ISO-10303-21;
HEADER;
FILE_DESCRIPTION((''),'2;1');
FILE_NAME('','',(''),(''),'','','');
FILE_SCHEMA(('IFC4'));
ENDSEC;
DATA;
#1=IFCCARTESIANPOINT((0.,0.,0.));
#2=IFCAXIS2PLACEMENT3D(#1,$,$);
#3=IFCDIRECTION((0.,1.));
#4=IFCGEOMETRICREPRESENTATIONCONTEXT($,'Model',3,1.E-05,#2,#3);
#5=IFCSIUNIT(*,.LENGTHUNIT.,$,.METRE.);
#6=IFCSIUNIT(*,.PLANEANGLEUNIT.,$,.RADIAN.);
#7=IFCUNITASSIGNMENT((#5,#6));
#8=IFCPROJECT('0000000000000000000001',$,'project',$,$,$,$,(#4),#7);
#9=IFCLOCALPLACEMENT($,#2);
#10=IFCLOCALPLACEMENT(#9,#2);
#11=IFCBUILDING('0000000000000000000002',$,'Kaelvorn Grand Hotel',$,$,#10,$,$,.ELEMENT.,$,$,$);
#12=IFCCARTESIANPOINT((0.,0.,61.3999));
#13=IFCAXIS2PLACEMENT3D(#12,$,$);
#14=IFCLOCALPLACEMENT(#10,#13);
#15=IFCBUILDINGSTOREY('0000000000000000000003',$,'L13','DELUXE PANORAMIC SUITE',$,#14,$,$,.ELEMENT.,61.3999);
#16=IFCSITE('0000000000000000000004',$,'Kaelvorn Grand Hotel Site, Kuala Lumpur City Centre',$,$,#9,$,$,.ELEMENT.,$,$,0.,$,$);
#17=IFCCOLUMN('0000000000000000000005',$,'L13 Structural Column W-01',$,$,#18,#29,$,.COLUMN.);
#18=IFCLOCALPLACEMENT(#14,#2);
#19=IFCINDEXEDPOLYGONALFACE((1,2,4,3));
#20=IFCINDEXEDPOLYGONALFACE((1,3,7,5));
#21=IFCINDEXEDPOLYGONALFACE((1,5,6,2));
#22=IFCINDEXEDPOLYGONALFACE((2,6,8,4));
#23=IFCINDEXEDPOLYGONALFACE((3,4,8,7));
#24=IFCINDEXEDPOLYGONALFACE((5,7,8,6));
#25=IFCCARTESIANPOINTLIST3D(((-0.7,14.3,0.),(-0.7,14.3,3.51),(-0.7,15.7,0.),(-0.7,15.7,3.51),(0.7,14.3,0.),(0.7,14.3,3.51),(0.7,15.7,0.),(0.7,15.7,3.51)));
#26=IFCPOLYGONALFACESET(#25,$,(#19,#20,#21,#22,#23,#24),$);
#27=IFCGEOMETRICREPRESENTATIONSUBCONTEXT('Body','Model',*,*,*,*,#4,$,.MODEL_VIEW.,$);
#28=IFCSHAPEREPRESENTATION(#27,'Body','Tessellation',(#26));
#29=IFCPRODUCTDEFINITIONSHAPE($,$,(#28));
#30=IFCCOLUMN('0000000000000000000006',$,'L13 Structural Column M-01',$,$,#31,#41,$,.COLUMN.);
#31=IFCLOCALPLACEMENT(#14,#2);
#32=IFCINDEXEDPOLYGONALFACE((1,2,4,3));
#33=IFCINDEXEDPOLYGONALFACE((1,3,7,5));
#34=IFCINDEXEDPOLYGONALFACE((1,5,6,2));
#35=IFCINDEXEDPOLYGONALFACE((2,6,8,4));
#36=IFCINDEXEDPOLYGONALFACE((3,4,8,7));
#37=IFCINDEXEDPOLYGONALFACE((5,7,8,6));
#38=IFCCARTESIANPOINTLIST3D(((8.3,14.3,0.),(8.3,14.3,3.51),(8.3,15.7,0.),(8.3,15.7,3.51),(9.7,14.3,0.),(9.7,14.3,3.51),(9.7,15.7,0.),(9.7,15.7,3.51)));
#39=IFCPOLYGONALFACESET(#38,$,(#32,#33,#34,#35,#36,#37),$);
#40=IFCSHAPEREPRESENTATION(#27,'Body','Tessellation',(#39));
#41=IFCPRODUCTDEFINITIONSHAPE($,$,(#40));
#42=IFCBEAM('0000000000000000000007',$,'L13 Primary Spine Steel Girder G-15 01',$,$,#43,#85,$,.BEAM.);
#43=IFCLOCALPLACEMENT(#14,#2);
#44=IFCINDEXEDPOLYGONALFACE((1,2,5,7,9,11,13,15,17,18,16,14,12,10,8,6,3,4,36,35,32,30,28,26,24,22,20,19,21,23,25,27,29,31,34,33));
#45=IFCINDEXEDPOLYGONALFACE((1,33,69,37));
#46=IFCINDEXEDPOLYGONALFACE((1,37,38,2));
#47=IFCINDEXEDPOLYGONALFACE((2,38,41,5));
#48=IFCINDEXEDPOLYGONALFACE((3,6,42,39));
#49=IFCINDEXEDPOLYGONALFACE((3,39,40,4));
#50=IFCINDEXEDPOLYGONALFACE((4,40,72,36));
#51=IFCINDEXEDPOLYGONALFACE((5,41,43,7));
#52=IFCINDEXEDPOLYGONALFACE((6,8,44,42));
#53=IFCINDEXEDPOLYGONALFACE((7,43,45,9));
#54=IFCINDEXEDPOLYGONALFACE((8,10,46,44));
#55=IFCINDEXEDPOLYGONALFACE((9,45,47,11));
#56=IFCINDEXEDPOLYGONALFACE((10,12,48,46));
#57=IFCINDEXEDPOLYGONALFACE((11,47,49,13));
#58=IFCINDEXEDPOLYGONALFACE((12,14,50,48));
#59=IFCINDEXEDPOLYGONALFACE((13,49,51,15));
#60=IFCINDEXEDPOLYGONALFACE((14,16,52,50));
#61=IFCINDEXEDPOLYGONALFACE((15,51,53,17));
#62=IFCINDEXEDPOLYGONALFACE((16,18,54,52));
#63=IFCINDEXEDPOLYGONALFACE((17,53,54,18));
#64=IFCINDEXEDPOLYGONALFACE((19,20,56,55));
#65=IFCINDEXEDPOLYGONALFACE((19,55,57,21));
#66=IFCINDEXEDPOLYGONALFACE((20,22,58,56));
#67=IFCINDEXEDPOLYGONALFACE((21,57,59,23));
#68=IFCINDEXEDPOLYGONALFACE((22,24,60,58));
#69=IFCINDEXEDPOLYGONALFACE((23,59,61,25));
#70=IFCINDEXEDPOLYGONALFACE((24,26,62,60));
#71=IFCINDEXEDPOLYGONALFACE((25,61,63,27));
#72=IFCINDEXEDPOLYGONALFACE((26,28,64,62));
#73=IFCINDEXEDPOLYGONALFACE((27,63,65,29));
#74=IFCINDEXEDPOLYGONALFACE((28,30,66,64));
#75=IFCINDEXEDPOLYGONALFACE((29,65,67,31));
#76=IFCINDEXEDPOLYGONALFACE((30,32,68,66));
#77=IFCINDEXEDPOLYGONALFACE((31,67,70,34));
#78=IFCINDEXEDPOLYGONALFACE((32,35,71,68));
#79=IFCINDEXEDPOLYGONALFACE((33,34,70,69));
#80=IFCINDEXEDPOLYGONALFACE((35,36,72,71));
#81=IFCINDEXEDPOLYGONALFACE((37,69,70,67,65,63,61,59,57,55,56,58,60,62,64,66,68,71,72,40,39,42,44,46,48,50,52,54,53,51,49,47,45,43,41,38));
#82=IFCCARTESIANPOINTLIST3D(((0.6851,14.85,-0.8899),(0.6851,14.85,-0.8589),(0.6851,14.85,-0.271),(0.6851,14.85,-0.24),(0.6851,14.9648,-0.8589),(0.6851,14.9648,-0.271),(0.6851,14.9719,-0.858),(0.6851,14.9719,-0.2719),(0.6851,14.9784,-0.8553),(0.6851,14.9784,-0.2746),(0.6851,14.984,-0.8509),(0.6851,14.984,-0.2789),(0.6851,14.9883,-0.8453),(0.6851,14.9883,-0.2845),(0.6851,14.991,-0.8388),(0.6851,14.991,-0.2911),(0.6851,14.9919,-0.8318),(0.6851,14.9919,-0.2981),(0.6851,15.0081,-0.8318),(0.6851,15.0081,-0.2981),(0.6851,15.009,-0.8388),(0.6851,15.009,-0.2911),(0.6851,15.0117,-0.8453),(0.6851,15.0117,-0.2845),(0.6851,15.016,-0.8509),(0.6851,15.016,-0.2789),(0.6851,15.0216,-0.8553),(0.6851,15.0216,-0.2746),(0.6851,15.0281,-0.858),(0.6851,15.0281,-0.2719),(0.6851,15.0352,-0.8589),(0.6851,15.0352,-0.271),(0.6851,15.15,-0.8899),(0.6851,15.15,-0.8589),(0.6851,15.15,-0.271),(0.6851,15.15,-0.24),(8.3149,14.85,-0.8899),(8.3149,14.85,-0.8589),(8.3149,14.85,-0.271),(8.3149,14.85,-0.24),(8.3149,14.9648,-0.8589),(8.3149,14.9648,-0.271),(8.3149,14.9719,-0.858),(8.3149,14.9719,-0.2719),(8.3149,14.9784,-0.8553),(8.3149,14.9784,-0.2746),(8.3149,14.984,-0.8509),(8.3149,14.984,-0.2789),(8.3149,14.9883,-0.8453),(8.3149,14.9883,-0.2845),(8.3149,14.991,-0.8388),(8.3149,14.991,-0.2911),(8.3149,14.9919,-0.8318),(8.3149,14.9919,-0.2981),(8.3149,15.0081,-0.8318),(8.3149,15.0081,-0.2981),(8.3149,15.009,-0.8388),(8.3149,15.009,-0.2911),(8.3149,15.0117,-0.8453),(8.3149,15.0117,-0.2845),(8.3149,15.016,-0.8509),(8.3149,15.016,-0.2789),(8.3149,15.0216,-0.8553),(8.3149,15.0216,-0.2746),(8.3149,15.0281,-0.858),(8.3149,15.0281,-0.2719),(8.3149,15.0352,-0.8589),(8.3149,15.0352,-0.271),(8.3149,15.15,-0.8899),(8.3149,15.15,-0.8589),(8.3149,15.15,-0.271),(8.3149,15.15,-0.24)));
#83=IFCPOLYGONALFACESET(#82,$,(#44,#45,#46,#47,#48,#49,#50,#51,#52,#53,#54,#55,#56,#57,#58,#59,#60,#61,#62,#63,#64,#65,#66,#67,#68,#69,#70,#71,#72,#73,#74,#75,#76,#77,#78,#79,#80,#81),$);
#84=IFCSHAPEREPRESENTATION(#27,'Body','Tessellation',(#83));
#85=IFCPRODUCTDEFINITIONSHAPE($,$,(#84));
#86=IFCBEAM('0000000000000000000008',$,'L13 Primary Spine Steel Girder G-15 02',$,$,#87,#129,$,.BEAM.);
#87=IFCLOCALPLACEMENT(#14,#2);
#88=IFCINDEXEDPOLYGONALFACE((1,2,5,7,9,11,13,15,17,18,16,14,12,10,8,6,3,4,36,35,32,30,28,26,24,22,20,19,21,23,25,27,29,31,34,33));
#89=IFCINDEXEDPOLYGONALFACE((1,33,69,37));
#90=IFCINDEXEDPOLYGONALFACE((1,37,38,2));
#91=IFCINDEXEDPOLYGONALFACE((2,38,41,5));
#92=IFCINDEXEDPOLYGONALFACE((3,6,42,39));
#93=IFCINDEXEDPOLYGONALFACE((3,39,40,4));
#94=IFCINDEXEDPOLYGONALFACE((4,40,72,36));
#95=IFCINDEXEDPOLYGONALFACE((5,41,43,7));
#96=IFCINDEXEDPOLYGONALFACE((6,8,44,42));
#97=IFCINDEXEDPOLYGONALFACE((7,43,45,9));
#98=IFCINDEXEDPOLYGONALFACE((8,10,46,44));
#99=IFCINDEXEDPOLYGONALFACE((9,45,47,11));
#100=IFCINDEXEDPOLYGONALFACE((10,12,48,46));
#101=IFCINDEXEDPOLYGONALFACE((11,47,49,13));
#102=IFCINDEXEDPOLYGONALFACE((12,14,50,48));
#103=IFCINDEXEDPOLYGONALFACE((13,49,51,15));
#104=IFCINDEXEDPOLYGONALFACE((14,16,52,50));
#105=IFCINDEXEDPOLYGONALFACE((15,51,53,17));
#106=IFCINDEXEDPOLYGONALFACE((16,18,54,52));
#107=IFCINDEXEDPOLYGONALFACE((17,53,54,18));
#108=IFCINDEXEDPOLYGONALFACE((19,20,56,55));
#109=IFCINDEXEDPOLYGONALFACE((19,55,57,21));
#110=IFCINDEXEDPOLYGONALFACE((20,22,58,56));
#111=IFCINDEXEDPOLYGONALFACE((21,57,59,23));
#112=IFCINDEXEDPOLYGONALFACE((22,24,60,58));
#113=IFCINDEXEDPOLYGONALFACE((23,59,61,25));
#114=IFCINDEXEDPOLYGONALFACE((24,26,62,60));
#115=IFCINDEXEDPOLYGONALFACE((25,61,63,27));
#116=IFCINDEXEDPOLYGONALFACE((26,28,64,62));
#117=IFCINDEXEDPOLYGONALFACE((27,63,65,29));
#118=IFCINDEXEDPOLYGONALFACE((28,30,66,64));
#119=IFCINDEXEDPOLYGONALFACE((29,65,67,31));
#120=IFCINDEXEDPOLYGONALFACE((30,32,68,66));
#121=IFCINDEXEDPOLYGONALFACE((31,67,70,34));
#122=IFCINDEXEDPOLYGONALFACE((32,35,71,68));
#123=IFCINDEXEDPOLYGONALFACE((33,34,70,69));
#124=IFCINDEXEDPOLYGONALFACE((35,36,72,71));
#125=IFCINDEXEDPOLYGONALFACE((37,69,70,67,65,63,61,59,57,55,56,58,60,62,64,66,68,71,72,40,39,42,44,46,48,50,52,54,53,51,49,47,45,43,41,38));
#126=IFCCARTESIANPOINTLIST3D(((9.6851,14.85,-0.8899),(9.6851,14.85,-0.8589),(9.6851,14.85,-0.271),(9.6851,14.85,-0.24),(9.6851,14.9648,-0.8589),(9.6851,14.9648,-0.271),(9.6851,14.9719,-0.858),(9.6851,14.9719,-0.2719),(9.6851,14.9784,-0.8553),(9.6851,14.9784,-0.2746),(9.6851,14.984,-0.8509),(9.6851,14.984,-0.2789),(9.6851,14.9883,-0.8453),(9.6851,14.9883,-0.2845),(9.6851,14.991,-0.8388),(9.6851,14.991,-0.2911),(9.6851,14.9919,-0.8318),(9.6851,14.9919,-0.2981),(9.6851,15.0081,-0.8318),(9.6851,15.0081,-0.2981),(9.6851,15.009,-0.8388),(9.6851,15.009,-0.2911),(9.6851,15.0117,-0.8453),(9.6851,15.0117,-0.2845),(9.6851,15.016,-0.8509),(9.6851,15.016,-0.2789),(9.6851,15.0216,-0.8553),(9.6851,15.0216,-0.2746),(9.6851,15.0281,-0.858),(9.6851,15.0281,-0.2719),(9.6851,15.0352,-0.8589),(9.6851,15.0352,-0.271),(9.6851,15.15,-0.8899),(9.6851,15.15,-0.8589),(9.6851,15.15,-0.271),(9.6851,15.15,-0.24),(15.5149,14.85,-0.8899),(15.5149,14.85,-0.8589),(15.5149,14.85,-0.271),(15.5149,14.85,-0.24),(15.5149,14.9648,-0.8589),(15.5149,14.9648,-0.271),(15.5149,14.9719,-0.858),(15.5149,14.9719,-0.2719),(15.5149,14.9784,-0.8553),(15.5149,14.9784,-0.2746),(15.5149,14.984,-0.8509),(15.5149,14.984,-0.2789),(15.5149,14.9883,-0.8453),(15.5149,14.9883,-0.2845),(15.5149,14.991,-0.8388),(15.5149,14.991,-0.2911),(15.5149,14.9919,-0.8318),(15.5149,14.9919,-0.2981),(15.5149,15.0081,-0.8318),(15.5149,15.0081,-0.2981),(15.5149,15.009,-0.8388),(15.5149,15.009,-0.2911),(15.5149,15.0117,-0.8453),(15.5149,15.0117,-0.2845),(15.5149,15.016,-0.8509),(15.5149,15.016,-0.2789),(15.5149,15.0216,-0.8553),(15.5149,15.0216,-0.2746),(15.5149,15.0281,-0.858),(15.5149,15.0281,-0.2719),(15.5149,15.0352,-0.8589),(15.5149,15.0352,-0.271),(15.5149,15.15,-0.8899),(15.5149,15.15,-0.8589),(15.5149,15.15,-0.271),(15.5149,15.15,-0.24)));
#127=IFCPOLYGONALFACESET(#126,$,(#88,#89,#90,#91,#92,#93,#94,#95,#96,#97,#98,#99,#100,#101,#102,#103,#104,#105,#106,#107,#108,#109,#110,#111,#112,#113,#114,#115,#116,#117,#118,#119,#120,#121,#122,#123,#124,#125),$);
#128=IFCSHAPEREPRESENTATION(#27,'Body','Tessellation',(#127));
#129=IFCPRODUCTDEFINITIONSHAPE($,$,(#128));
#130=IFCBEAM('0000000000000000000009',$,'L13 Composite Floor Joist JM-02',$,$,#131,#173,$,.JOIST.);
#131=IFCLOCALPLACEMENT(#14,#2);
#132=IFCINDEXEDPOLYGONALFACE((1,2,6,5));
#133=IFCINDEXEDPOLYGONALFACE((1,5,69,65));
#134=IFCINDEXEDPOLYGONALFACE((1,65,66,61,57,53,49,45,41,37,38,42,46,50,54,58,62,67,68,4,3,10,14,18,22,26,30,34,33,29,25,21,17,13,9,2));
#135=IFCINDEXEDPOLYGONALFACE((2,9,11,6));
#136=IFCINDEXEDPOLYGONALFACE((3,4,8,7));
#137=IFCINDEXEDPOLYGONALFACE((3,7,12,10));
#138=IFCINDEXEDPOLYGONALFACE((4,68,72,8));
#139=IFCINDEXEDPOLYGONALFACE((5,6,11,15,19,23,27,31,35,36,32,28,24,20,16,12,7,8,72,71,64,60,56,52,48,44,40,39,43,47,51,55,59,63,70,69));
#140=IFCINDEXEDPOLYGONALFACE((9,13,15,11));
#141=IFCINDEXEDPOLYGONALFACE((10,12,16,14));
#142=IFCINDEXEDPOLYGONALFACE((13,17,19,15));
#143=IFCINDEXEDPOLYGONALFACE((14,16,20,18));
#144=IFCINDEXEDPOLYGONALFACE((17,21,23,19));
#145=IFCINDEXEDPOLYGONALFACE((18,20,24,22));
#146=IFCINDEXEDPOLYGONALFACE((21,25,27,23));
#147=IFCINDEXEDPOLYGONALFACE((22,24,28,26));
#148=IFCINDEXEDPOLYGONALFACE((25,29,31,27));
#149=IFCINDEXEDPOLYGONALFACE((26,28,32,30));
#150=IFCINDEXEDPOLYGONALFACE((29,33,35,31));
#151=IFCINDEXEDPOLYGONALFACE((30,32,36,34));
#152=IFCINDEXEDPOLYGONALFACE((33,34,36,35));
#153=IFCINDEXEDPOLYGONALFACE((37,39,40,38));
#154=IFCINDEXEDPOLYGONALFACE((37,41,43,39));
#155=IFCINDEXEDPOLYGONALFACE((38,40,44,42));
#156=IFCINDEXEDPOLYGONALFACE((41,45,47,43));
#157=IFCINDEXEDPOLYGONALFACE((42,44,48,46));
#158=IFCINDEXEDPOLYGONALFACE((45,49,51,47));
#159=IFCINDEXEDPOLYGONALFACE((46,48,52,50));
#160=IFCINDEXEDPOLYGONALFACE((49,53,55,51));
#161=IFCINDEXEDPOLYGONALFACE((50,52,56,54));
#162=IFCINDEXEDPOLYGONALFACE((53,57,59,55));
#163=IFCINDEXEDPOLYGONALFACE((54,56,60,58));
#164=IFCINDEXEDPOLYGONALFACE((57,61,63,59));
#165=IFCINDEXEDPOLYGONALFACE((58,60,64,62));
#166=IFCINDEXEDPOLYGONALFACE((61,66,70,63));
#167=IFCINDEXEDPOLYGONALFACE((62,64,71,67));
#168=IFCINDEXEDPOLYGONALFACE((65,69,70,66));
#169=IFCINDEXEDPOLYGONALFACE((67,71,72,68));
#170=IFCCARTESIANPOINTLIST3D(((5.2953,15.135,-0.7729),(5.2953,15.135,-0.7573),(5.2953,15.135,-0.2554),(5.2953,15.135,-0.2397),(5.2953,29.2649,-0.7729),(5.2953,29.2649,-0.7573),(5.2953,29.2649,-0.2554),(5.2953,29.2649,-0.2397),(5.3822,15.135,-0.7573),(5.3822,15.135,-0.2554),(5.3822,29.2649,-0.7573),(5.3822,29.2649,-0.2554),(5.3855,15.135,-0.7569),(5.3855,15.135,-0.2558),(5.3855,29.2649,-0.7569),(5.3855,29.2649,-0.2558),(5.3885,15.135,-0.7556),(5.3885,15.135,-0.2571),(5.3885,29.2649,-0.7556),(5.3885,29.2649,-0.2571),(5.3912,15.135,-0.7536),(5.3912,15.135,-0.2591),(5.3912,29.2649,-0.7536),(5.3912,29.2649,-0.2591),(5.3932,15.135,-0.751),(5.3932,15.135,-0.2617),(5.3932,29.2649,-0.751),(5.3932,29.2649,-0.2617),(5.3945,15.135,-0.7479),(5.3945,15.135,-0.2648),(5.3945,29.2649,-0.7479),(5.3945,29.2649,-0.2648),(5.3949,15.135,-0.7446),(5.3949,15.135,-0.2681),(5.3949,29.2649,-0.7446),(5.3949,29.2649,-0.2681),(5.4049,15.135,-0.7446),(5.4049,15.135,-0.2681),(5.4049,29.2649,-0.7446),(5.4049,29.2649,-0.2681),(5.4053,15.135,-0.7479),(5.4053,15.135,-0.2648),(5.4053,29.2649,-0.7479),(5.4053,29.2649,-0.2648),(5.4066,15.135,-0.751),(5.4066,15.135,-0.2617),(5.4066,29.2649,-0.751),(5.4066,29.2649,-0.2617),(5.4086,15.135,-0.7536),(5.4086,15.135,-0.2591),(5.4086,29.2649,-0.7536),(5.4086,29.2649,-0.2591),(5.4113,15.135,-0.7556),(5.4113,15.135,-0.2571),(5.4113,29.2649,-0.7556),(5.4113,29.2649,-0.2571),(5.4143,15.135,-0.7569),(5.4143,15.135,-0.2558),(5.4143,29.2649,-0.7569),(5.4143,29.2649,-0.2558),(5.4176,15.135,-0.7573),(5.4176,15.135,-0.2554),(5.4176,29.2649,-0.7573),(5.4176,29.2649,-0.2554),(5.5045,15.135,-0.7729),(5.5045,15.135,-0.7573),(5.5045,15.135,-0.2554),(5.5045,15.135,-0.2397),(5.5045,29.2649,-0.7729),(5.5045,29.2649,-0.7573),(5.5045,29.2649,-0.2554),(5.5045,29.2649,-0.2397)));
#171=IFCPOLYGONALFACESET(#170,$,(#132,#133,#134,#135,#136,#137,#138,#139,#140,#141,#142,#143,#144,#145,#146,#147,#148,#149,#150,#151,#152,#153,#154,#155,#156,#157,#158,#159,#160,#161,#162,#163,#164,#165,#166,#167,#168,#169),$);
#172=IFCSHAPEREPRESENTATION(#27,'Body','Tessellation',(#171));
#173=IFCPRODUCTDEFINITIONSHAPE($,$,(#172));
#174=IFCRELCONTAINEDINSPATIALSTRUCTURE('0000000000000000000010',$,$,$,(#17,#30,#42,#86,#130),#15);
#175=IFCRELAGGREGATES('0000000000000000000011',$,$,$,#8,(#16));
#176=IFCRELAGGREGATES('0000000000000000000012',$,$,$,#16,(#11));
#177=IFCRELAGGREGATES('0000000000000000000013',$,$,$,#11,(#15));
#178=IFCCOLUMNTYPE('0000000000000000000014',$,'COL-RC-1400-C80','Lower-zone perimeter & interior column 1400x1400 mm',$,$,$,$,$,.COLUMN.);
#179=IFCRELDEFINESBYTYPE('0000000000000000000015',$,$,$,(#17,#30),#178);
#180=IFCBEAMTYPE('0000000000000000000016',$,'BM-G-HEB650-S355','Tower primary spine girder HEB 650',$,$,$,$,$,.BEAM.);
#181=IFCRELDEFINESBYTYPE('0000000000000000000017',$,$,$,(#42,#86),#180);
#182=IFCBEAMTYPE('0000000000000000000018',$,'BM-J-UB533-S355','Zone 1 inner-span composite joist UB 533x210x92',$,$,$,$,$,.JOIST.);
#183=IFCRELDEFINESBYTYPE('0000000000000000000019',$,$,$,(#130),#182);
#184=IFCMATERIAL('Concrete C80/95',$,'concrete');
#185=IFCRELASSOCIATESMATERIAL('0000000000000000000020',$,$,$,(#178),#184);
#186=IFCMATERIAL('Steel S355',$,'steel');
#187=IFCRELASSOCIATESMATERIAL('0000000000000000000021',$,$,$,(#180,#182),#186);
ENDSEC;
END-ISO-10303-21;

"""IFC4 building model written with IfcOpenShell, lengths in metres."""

from ifc_helpers import new_model, si_unit, direction, frame, origin, origin_2d, place, context, subcontext, project, spatial, rectangle, i_section, extrude, material, material_profile, profile_set, type_object, element, save


model = new_model("IFC4")

# Units and contexts
model_context = context("Model", 3, precision=1e-05, world=origin(), true_north=direction((0.0, 1.0)))
body_context = subcontext(model_context, "Body", "Model", "MODEL_VIEW")
ifc_project = project(units=[si_unit("LENGTHUNIT", "METRE"), si_unit("PLANEANGLEUNIT", "RADIAN")], contexts=[model_context])

# Site, building, storey
site_placement = place(None, origin())
site = spatial("IfcSite", under=ifc_project, at=site_placement, Name="Kaelvorn Grand Hotel Site, Kuala Lumpur City Centre", CompositionType="ELEMENT", RefElevation=0.0)
building_placement = place(site_placement, origin())
building = spatial("IfcBuilding", under=site, at=building_placement, Name="Kaelvorn Grand Hotel", CompositionType="ELEMENT")
storey_placement = place(building_placement, frame((0.0, 0.0, 61.3999)))
storey = spatial("IfcBuildingStorey", under=building, at=storey_placement, Name="L13", Description="DELUXE PANORAMIC SUITE", CompositionType="ELEMENT", Elevation=61.3999)

# Columns
ifc_material_1 = material(Name="Concrete C80/95", Category="concrete")
ifc_material_profile_1 = material_profile(ifc_material_1, rectangle(XDim=1.3999, YDim=1.3999, at=origin_2d()), Name="RC COL 1400x1400")
ifc_profile_set_1 = profile_set([ifc_material_profile_1], Name="Concrete C80/95")
column_type = type_object("IfcColumnType", Name="COL-RC-1400-C80", Description="Lower-zone perimeter & interior column 1400x1400 mm", PredefinedType="COLUMN", material=ifc_profile_set_1)
for number, where, z_axis, x_axis, name in (
    (1, (0.0, 15.0, 0.0), (0.0, 0.0, 1.0), (1.0, 0.0, 0.0), "L13 Structural Column W-01"),
    (2, (9.0, 15.0, 0.0), (0.0, 0.0, 1.0), (1.0, 0.0, 0.0), "L13 Structural Column M-01"),
):
    element("IfcColumn", number, at=place(storey_placement, frame(where, z_axis=z_axis, x_axis=x_axis)), inside=storey, type_object=column_type, Name=name, PredefinedType="COLUMN", context=body_context, shape_type="SweptSolid", body=[
        extrude(rectangle(XDim=1.3999, YDim=1.3999, at=origin_2d()), origin(), (0.0, 0.0, 1.0), 3.51),
    ])

# Beams
ifc_material_2 = material(Name="Steel S355", Category="steel")
ifc_material_profile_2 = material_profile(ifc_material_2, i_section(OverallWidth=0.3, OverallDepth=0.6499, WebThickness=0.0161, FlangeThickness=0.031, FilletRadius=0.0271, at=origin_2d()), Name="HEB 650")
ifc_profile_set_2 = profile_set([ifc_material_profile_2], Name="Steel S355")
beam_type_1 = type_object("IfcBeamType", Name="BM-G-HEB650-S355", Description="Tower primary spine girder HEB 650", PredefinedType="BEAM", material=ifc_profile_set_2)
beam_1_placement = place(storey_placement, frame((0.6851, 15.0, -0.5649), z_axis=(1.0, 0.0, 0.0), x_axis=(0.0, 1.0, 0.0)))
element("IfcBeam", 3, at=beam_1_placement, inside=storey, type_object=beam_type_1, Name="L13 Primary Spine Steel Girder G-15 01", PredefinedType="BEAM", context=body_context, shape_type="SweptSolid", body=[
    extrude(i_section(OverallWidth=0.3, OverallDepth=0.6499, WebThickness=0.0161, FlangeThickness=0.031, FilletRadius=0.0271, at=origin_2d()), origin(), (0.0, 0.0, 1.0), 7.6299),
])
beam_2_placement = place(storey_placement, frame((9.6851, 15.0, -0.5649), z_axis=(1.0, 0.0, 0.0), x_axis=(0.0, 1.0, 0.0)))
element("IfcBeam", 4, at=beam_2_placement, inside=storey, type_object=beam_type_1, Name="L13 Primary Spine Steel Girder G-15 02", PredefinedType="BEAM", context=body_context, shape_type="SweptSolid", body=[
    extrude(i_section(OverallWidth=0.3, OverallDepth=0.6499, WebThickness=0.0161, FlangeThickness=0.031, FilletRadius=0.0271, at=origin_2d()), origin(), (0.0, 0.0, 1.0), 5.8298),
])
ifc_material_profile_3 = material_profile(ifc_material_2, i_section(OverallWidth=0.2092, OverallDepth=0.5332, WebThickness=0.01, FlangeThickness=0.0156, FilletRadius=0.0127, at=origin_2d()), Name="UB 533x210x92")
ifc_profile_set_3 = profile_set([ifc_material_profile_3], Name="Steel S355")
beam_type_2 = type_object("IfcBeamType", Name="BM-J-UB533-S355", Description="Zone 1 inner-span composite joist UB 533x210x92", PredefinedType="JOIST", material=ifc_profile_set_3)
beam_3_placement = place(storey_placement, frame((5.3999, 15.135, -0.5063), z_axis=(0.0, 1.0, 0.0), x_axis=(-1.0, 0.0, 0.0)))
element("IfcBeam", 5, at=beam_3_placement, inside=storey, type_object=beam_type_2, Name="L13 Composite Floor Joist JM-02", PredefinedType="JOIST", context=body_context, shape_type="SweptSolid", body=[
    extrude(i_section(OverallWidth=0.2092, OverallDepth=0.5332, WebThickness=0.01, FlangeThickness=0.0156, FilletRadius=0.0127, at=origin_2d()), origin(), (0.0, 0.0, 1.0), 14.1299),
])

save(model, "model.ifc")
